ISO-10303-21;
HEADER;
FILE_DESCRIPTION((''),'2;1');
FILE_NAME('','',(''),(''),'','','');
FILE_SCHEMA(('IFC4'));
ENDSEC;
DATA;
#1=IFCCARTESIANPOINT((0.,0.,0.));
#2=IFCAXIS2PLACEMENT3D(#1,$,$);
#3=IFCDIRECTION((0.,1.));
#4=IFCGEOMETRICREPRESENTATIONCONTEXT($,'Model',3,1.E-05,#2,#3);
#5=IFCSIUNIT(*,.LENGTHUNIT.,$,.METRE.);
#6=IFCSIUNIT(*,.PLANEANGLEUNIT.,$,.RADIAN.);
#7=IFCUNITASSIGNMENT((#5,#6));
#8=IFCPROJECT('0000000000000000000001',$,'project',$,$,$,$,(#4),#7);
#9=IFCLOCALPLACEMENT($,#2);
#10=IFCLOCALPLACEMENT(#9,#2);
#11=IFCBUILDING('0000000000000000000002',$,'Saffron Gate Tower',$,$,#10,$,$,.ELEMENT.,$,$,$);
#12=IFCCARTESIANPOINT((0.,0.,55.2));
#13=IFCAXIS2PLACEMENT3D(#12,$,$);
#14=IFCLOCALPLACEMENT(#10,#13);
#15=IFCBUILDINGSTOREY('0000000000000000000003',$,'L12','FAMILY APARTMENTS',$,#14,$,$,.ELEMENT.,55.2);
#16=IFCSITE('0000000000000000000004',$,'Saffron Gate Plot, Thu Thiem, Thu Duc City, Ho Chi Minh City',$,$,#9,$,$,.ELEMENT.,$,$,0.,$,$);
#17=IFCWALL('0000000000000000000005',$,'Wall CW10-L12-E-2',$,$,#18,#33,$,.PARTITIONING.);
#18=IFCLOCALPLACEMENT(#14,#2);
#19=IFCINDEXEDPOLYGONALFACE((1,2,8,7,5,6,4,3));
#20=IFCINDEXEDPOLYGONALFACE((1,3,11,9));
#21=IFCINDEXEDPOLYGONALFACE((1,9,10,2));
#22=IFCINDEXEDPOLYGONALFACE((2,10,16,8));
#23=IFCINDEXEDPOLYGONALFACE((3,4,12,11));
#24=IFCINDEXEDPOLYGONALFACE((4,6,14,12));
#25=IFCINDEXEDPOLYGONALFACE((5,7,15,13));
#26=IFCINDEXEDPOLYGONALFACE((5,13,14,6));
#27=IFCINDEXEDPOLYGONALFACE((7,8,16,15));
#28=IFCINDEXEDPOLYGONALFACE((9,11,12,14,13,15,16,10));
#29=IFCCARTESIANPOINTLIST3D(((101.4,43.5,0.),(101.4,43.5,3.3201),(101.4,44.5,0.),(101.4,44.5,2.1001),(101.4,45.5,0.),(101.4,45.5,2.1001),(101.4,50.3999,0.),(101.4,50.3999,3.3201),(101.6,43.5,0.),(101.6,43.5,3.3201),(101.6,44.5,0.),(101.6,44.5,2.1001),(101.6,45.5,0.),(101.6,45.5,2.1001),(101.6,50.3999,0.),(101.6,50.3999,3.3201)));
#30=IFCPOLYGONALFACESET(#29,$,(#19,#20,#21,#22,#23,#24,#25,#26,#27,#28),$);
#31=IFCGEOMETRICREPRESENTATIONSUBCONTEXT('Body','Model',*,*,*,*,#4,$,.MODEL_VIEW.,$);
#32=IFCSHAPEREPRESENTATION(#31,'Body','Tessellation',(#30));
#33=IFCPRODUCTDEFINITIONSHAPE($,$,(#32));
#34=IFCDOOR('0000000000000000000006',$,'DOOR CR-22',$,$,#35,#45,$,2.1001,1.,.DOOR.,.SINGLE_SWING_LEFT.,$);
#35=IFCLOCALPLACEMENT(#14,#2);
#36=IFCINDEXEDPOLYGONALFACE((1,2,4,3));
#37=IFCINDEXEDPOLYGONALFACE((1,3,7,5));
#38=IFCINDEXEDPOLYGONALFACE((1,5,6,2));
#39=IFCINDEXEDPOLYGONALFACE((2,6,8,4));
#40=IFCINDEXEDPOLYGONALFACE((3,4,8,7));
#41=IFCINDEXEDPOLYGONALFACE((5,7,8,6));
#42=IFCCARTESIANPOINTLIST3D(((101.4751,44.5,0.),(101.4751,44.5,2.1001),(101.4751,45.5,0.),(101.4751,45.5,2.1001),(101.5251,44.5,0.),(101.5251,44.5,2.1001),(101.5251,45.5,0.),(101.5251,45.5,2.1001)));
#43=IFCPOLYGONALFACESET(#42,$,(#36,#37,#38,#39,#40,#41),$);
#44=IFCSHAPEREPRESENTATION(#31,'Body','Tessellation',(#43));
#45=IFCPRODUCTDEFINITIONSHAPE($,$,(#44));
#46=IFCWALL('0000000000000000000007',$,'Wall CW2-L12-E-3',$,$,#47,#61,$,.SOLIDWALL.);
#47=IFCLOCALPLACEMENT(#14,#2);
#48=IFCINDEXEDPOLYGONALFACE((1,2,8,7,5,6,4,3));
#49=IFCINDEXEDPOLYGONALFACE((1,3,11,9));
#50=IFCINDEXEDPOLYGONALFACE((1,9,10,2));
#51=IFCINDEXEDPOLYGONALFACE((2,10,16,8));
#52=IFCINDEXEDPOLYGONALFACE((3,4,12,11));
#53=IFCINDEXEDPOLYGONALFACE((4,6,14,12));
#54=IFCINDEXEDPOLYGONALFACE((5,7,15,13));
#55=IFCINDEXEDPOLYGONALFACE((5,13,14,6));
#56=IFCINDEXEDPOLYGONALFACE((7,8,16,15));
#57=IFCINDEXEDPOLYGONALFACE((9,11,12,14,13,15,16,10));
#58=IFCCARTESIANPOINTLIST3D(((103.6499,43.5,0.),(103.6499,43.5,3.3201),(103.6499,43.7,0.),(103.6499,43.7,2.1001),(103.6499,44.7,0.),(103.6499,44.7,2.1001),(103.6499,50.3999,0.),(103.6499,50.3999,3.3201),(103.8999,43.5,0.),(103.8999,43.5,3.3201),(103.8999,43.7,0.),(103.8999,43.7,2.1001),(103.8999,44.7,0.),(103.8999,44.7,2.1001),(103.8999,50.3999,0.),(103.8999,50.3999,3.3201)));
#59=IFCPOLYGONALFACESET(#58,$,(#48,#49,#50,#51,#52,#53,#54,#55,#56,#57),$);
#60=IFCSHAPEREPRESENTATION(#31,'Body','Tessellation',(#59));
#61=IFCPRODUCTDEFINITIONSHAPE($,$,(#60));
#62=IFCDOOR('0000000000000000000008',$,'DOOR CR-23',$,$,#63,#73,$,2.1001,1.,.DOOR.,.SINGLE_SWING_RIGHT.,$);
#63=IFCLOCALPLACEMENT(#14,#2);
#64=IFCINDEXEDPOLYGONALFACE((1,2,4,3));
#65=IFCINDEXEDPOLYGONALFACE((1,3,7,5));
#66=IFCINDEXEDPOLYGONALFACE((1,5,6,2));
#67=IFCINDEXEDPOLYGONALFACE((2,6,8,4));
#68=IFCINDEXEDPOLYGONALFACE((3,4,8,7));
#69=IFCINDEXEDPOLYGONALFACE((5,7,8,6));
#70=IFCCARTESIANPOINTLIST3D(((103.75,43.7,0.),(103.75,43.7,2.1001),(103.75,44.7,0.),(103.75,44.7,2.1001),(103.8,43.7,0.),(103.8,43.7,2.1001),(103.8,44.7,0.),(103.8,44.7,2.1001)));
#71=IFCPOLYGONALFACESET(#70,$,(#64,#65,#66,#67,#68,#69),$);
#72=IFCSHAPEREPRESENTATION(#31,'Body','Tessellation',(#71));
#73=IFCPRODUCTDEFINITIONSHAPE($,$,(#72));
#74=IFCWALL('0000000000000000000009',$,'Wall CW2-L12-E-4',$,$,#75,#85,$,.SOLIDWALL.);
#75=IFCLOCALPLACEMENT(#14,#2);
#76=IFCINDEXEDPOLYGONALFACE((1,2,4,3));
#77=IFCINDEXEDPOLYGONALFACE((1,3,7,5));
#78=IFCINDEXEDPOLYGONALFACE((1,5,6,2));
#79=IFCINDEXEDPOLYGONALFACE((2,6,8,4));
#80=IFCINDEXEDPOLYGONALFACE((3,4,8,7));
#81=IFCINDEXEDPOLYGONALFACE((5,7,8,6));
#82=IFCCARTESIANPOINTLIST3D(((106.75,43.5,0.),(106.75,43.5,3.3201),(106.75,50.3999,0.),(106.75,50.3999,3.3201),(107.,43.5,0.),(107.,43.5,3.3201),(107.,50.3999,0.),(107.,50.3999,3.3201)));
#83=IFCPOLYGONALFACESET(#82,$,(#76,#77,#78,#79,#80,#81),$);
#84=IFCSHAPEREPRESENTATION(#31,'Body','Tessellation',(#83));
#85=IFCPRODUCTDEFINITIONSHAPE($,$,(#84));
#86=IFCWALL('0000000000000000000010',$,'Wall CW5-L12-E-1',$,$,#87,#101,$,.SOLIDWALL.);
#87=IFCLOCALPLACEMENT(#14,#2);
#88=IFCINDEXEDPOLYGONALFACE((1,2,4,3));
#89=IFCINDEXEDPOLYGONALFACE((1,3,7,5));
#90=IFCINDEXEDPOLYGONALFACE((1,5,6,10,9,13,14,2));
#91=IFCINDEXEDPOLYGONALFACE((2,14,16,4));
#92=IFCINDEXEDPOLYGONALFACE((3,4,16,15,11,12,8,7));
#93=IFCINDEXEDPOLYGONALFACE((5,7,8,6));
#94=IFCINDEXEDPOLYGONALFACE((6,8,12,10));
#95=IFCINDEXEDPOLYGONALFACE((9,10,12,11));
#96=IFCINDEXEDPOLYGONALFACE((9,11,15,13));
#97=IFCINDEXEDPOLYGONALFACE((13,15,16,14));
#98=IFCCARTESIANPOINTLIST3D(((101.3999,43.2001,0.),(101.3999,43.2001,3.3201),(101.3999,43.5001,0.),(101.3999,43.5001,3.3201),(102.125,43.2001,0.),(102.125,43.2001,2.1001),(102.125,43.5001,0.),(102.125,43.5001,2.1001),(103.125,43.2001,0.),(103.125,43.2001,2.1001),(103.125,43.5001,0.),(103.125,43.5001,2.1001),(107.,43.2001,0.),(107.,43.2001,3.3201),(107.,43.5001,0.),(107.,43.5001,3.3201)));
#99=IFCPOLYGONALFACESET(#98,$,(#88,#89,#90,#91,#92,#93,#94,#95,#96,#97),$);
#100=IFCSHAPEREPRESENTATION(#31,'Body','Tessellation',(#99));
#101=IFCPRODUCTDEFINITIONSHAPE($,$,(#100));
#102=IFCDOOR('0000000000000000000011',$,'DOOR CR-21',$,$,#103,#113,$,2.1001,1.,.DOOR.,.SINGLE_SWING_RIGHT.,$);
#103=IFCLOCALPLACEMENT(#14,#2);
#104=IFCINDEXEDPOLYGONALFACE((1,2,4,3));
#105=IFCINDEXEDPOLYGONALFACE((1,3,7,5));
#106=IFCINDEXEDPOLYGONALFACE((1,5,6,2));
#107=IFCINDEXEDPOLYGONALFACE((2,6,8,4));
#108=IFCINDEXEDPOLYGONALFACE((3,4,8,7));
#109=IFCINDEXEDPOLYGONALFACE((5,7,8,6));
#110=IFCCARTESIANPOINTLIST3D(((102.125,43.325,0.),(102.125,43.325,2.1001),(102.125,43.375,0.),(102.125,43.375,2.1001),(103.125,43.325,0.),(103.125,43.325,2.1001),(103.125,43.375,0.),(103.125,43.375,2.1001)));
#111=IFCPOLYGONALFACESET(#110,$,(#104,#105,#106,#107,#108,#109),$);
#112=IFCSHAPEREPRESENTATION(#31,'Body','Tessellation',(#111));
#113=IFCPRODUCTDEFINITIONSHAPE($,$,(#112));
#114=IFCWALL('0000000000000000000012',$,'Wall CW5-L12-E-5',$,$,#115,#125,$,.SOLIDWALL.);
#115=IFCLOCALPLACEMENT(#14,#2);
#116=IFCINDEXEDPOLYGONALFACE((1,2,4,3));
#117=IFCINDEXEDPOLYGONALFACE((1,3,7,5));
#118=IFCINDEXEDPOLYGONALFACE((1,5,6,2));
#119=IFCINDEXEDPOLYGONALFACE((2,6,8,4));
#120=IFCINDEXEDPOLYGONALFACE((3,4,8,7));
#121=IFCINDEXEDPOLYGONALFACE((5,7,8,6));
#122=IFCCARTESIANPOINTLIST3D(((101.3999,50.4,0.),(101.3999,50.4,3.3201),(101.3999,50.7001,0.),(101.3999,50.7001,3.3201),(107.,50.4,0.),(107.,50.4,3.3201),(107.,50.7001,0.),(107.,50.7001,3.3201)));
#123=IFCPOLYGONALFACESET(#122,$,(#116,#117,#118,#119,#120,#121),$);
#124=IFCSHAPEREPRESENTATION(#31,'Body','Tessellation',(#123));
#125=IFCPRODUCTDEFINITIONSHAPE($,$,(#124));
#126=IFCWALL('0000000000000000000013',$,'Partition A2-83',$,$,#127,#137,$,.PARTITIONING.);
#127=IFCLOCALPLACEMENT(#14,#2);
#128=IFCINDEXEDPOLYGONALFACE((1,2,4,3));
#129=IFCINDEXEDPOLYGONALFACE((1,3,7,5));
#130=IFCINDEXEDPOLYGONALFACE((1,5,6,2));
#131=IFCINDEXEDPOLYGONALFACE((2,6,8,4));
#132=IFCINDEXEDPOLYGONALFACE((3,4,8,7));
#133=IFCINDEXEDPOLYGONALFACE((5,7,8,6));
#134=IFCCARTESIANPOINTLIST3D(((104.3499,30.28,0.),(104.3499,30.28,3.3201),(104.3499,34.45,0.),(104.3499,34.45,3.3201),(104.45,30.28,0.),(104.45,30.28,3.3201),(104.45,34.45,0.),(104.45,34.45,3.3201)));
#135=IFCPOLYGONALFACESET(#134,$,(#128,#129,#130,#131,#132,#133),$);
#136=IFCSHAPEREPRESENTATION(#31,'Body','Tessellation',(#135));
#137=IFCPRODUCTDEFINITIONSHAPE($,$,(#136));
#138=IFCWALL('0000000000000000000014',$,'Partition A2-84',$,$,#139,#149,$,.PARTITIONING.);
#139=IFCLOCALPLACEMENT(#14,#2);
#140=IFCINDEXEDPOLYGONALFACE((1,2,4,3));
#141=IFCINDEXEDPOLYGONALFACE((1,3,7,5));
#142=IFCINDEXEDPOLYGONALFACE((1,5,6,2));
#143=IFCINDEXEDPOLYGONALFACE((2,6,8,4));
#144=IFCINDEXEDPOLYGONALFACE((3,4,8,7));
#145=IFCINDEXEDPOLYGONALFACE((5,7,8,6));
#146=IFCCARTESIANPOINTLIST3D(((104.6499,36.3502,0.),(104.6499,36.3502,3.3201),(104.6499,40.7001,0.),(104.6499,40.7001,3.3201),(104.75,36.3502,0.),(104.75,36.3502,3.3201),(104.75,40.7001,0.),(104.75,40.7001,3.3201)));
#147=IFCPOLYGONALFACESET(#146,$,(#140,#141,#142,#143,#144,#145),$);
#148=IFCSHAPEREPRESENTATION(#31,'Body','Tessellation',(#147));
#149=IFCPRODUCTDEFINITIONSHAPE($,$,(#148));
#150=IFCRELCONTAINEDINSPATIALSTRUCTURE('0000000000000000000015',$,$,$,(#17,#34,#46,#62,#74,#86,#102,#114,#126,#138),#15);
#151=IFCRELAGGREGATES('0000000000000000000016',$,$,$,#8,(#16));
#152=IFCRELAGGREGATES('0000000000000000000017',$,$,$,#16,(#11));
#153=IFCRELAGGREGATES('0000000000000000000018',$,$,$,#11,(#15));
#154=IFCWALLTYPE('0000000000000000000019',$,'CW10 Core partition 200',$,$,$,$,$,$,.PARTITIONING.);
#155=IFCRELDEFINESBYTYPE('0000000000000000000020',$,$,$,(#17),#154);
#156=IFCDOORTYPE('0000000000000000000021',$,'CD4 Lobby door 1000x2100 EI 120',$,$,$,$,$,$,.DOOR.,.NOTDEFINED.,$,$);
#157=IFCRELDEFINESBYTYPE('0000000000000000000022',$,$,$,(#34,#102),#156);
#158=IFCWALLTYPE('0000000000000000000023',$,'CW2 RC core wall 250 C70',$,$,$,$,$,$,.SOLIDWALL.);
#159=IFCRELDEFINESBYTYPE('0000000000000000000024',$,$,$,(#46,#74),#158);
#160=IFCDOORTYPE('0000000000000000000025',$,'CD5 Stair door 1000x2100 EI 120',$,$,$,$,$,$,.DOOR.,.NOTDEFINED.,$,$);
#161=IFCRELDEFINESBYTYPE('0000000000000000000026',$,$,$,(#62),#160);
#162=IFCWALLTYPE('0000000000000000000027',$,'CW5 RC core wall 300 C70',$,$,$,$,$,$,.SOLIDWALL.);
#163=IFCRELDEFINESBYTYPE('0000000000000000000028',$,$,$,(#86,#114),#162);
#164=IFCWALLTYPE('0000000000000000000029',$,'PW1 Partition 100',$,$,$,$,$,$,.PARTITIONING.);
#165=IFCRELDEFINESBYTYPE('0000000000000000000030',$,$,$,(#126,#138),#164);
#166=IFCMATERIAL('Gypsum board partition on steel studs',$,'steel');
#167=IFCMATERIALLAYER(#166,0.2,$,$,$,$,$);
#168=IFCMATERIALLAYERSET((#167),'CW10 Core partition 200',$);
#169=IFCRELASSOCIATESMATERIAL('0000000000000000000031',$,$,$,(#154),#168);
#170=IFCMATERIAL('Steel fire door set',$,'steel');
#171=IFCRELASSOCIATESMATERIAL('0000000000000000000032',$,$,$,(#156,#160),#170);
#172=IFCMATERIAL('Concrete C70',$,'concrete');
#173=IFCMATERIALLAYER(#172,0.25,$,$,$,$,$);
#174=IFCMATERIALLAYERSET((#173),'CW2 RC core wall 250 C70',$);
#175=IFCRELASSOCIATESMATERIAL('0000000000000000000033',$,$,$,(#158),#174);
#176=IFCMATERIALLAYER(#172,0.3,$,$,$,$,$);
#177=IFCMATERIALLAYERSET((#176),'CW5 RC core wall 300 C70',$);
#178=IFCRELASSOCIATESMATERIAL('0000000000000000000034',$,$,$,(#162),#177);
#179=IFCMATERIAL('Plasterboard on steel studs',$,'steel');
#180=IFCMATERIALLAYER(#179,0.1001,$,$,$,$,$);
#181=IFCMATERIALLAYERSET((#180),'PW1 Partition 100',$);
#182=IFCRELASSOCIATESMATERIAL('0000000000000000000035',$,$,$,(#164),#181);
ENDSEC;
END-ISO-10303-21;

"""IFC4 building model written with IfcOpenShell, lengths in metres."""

from ifc_helpers import new_model, si_unit, direction, frame, frame_2d, origin, place, context, subcontext, project, spatial, rectangle, extrude, material, layer, layer_set, type_object, element, fill, save


model = new_model("IFC4")

# Units and contexts
model_context = context("Model", 3, precision=1e-05, world=origin(), true_north=direction((0.0, 1.0)))
body_context = subcontext(model_context, "Body", "Model", "MODEL_VIEW")
ifc_project = project(units=[si_unit("LENGTHUNIT", "METRE"), si_unit("PLANEANGLEUNIT", "RADIAN")], contexts=[model_context])

# Site, building, storey
site_placement = place(None, origin())
site = spatial("IfcSite", under=ifc_project, at=site_placement, Name="Saffron Gate Plot, Thu Thiem, Thu Duc City, Ho Chi Minh City", CompositionType="ELEMENT", RefElevation=0.0)
building_placement = place(site_placement, origin())
building = spatial("IfcBuilding", under=site, at=building_placement, Name="Saffron Gate Tower", CompositionType="ELEMENT")
storey_placement = place(building_placement, frame((0.0, 0.0, 55.2)))
storey = spatial("IfcBuildingStorey", under=building, at=storey_placement, Name="L12", Description="FAMILY APARTMENTS", CompositionType="ELEMENT", Elevation=55.2)

# Walls, openings, doors
ifc_material_1 = material(Name="Gypsum board partition on steel studs", Category="steel")
ifc_layer_1 = layer(ifc_material_1, 0.2)
ifc_layer_set_1 = layer_set([ifc_layer_1], Name="CW10 Core partition 200")
wall_type_1 = type_object("IfcWallType", Name="CW10 Core partition 200", PredefinedType="PARTITIONING", material=ifc_layer_set_1)
wall_1_placement = place(storey_placement, frame((101.5, 43.5, 0.0), z_axis=(0.0, 0.0, 1.0), x_axis=(0.0, 1.0, 0.0)))
wall_1 = element("IfcWall", 1, at=wall_1_placement, inside=storey, type_object=wall_type_1, Name="Wall CW10-L12-E-2", PredefinedType="PARTITIONING", context=body_context, shape_type="SweptSolid", body=[
    extrude(rectangle(XDim=6.8999, YDim=0.2, at=frame_2d((3.45, 0.0))), origin(), (0.0, 0.0, 1.0), 3.3201),
])
opening_1_placement = place(wall_1_placement, frame((1.0, 0.0, 0.0)))
opening_1 = element("IfcOpeningElement", 2, at=opening_1_placement, cuts=wall_1, PredefinedType="OPENING", context=body_context, shape_type="SweptSolid", body=[
    extrude(rectangle(XDim=1.0, YDim=2.1001, at=frame_2d((0.5, 1.05))), frame((0.0, 0.1099, 0.0), z_axis=(0.0, -1.0, 0.0), x_axis=(1.0, 0.0, 0.0)), (0.0, 0.0, 1.0), 0.22),
])
ifc_material_2 = material(Name="Steel fire door set", Category="steel")
door_type_1 = type_object("IfcDoorType", Name="CD4 Lobby door 1000x2100 EI 120", OperationType="NOTDEFINED", PredefinedType="DOOR", material=ifc_material_2)
door_1_placement = place(opening_1_placement, origin())
door_1 = element("IfcDoor", 3, at=door_1_placement, inside=storey, type_object=door_type_1, Name="DOOR CR-22", OperationType="SINGLE_SWING_LEFT", OverallHeight=2.1001, OverallWidth=1.0, PredefinedType="DOOR", context=body_context, shape_type="SweptSolid", body=[
    extrude(rectangle(XDim=1.0, YDim=2.1001, at=frame_2d((0.5, 1.05))), frame((0.0, 0.0249, 0.0), z_axis=(0.0, -1.0, 0.0), x_axis=(1.0, 0.0, 0.0)), (0.0, 0.0, 1.0), 0.05),
])
fill(opening_1, door_1)
ifc_material_3 = material(Name="Concrete C70", Category="concrete")
ifc_layer_2 = layer(ifc_material_3, 0.25)
ifc_layer_set_2 = layer_set([ifc_layer_2], Name="CW2 RC core wall 250 C70")
wall_type_2 = type_object("IfcWallType", Name="CW2 RC core wall 250 C70", PredefinedType="SOLIDWALL", material=ifc_layer_set_2)
wall_2_placement = place(storey_placement, frame((103.7749, 43.5, 0.0), z_axis=(0.0, 0.0, 1.0), x_axis=(0.0, 1.0, 0.0)))
wall_2 = element("IfcWall", 4, at=wall_2_placement, inside=storey, type_object=wall_type_2, Name="Wall CW2-L12-E-3", PredefinedType="SOLIDWALL", context=body_context, shape_type="SweptSolid", body=[
    extrude(rectangle(XDim=6.8999, YDim=0.25, at=frame_2d((3.45, 0.0))), origin(), (0.0, 0.0, 1.0), 3.3201),
])
opening_2_placement = place(wall_2_placement, frame((0.2, 0.0, 0.0)))
opening_2 = element("IfcOpeningElement", 5, at=opening_2_placement, cuts=wall_2, PredefinedType="OPENING", context=body_context, shape_type="SweptSolid", body=[
    extrude(rectangle(XDim=1.0, YDim=2.1001, at=frame_2d((0.5, 1.05))), frame((0.0, 0.135, 0.0), z_axis=(0.0, -1.0, 0.0), x_axis=(1.0, 0.0, 0.0)), (0.0, 0.0, 1.0), 0.27),
])
door_type_2 = type_object("IfcDoorType", Name="CD5 Stair door 1000x2100 EI 120", OperationType="NOTDEFINED", PredefinedType="DOOR", material=ifc_material_2)
door_2_placement = place(opening_2_placement, origin())
door_2 = element("IfcDoor", 6, at=door_2_placement, inside=storey, type_object=door_type_2, Name="DOOR CR-23", OperationType="SINGLE_SWING_RIGHT", OverallHeight=2.1001, OverallWidth=1.0, PredefinedType="DOOR", context=body_context, shape_type="SweptSolid", body=[
    extrude(rectangle(XDim=1.0, YDim=2.1001, at=frame_2d((0.5, 1.05))), frame((0.0, 0.0249, 0.0), z_axis=(0.0, -1.0, 0.0), x_axis=(1.0, 0.0, 0.0)), (0.0, 0.0, 1.0), 0.05),
])
fill(opening_2, door_2)

# Wall
wall_3_placement = place(storey_placement, frame((106.875, 43.5, 0.0), z_axis=(0.0, 0.0, 1.0), x_axis=(0.0, 1.0, 0.0)))
element("IfcWall", 7, at=wall_3_placement, inside=storey, type_object=wall_type_2, Name="Wall CW2-L12-E-4", PredefinedType="SOLIDWALL", context=body_context, shape_type="SweptSolid", body=[
    extrude(rectangle(XDim=6.8999, YDim=0.25, at=frame_2d((3.45, 0.0))), origin(), (0.0, 0.0, 1.0), 3.3201),
])

# Wall, opening, door
ifc_layer_3 = layer(ifc_material_3, 0.3)
ifc_layer_set_3 = layer_set([ifc_layer_3], Name="CW5 RC core wall 300 C70")
wall_type_3 = type_object("IfcWallType", Name="CW5 RC core wall 300 C70", PredefinedType="SOLIDWALL", material=ifc_layer_set_3)
wall_4_placement = place(storey_placement, frame((101.3999, 43.3501, 0.0), z_axis=(0.0, 0.0, 1.0), x_axis=(1.0, 0.0, 0.0)))
wall_4 = element("IfcWall", 8, at=wall_4_placement, inside=storey, type_object=wall_type_3, Name="Wall CW5-L12-E-1", PredefinedType="SOLIDWALL", context=body_context, shape_type="SweptSolid", body=[
    extrude(rectangle(XDim=5.6001, YDim=0.3, at=frame_2d((2.8, 0.0))), origin(), (0.0, 0.0, 1.0), 3.3201),
])
opening_3_placement = place(wall_4_placement, frame((0.7251, 0.0, 0.0)))
opening_3 = element("IfcOpeningElement", 9, at=opening_3_placement, cuts=wall_4, PredefinedType="OPENING", context=body_context, shape_type="SweptSolid", body=[
    extrude(rectangle(XDim=1.0, YDim=2.1001, at=frame_2d((0.5, 1.05))), frame((0.0, 0.1602, 0.0), z_axis=(0.0, -1.0, 0.0), x_axis=(1.0, 0.0, 0.0)), (0.0, 0.0, 1.0), 0.3201),
])
door_3_placement = place(opening_3_placement, origin())
door_3 = element("IfcDoor", 10, at=door_3_placement, inside=storey, type_object=door_type_1, Name="DOOR CR-21", OperationType="SINGLE_SWING_RIGHT", OverallHeight=2.1001, OverallWidth=1.0, PredefinedType="DOOR", context=body_context, shape_type="SweptSolid", body=[
    extrude(rectangle(XDim=1.0, YDim=2.1001, at=frame_2d((0.5, 1.05))), frame((0.0, 0.0249, 0.0), z_axis=(0.0, -1.0, 0.0), x_axis=(1.0, 0.0, 0.0)), (0.0, 0.0, 1.0), 0.05),
])
fill(opening_3, door_3)

# Walls
wall_5_placement = place(storey_placement, frame((101.3999, 50.55, 0.0), z_axis=(0.0, 0.0, 1.0), x_axis=(1.0, 0.0, 0.0)))
element("IfcWall", 11, at=wall_5_placement, inside=storey, type_object=wall_type_3, Name="Wall CW5-L12-E-5", PredefinedType="SOLIDWALL", context=body_context, shape_type="SweptSolid", body=[
    extrude(rectangle(XDim=5.6001, YDim=0.3, at=frame_2d((2.8, 0.0))), origin(), (0.0, 0.0, 1.0), 3.3201),
])
ifc_material_4 = material(Name="Plasterboard on steel studs", Category="steel")
ifc_layer_4 = layer(ifc_material_4, 0.1001)
ifc_layer_set_4 = layer_set([ifc_layer_4], Name="PW1 Partition 100")
wall_type_4 = type_object("IfcWallType", Name="PW1 Partition 100", PredefinedType="PARTITIONING", material=ifc_layer_set_4)
wall_6_placement = place(storey_placement, frame((104.3999, 34.45, 0.0), z_axis=(0.0, 0.0, 1.0), x_axis=(0.0, -1.0, 0.0)))
element("IfcWall", 12, at=wall_6_placement, inside=storey, type_object=wall_type_4, Name="Partition A2-83", PredefinedType="PARTITIONING", context=body_context, shape_type="SweptSolid", body=[
    extrude(rectangle(XDim=4.1699, YDim=0.1001, at=frame_2d((2.085, 0.0))), origin(), (0.0, 0.0, 1.0), 3.3201),
])
wall_7_placement = place(storey_placement, frame((104.7, 40.7, 0.0), z_axis=(0.0, 0.0, 1.0), x_axis=(0.0, -1.0, 0.0)))
element("IfcWall", 13, at=wall_7_placement, inside=storey, type_object=wall_type_4, Name="Partition A2-84", PredefinedType="PARTITIONING", context=body_context, shape_type="SweptSolid", body=[
    extrude(rectangle(XDim=4.3499, YDim=0.1001, at=frame_2d((2.1748, 0.0))), origin(), (0.0, 0.0, 1.0), 3.3201),
])

save(model, "model.ifc")
